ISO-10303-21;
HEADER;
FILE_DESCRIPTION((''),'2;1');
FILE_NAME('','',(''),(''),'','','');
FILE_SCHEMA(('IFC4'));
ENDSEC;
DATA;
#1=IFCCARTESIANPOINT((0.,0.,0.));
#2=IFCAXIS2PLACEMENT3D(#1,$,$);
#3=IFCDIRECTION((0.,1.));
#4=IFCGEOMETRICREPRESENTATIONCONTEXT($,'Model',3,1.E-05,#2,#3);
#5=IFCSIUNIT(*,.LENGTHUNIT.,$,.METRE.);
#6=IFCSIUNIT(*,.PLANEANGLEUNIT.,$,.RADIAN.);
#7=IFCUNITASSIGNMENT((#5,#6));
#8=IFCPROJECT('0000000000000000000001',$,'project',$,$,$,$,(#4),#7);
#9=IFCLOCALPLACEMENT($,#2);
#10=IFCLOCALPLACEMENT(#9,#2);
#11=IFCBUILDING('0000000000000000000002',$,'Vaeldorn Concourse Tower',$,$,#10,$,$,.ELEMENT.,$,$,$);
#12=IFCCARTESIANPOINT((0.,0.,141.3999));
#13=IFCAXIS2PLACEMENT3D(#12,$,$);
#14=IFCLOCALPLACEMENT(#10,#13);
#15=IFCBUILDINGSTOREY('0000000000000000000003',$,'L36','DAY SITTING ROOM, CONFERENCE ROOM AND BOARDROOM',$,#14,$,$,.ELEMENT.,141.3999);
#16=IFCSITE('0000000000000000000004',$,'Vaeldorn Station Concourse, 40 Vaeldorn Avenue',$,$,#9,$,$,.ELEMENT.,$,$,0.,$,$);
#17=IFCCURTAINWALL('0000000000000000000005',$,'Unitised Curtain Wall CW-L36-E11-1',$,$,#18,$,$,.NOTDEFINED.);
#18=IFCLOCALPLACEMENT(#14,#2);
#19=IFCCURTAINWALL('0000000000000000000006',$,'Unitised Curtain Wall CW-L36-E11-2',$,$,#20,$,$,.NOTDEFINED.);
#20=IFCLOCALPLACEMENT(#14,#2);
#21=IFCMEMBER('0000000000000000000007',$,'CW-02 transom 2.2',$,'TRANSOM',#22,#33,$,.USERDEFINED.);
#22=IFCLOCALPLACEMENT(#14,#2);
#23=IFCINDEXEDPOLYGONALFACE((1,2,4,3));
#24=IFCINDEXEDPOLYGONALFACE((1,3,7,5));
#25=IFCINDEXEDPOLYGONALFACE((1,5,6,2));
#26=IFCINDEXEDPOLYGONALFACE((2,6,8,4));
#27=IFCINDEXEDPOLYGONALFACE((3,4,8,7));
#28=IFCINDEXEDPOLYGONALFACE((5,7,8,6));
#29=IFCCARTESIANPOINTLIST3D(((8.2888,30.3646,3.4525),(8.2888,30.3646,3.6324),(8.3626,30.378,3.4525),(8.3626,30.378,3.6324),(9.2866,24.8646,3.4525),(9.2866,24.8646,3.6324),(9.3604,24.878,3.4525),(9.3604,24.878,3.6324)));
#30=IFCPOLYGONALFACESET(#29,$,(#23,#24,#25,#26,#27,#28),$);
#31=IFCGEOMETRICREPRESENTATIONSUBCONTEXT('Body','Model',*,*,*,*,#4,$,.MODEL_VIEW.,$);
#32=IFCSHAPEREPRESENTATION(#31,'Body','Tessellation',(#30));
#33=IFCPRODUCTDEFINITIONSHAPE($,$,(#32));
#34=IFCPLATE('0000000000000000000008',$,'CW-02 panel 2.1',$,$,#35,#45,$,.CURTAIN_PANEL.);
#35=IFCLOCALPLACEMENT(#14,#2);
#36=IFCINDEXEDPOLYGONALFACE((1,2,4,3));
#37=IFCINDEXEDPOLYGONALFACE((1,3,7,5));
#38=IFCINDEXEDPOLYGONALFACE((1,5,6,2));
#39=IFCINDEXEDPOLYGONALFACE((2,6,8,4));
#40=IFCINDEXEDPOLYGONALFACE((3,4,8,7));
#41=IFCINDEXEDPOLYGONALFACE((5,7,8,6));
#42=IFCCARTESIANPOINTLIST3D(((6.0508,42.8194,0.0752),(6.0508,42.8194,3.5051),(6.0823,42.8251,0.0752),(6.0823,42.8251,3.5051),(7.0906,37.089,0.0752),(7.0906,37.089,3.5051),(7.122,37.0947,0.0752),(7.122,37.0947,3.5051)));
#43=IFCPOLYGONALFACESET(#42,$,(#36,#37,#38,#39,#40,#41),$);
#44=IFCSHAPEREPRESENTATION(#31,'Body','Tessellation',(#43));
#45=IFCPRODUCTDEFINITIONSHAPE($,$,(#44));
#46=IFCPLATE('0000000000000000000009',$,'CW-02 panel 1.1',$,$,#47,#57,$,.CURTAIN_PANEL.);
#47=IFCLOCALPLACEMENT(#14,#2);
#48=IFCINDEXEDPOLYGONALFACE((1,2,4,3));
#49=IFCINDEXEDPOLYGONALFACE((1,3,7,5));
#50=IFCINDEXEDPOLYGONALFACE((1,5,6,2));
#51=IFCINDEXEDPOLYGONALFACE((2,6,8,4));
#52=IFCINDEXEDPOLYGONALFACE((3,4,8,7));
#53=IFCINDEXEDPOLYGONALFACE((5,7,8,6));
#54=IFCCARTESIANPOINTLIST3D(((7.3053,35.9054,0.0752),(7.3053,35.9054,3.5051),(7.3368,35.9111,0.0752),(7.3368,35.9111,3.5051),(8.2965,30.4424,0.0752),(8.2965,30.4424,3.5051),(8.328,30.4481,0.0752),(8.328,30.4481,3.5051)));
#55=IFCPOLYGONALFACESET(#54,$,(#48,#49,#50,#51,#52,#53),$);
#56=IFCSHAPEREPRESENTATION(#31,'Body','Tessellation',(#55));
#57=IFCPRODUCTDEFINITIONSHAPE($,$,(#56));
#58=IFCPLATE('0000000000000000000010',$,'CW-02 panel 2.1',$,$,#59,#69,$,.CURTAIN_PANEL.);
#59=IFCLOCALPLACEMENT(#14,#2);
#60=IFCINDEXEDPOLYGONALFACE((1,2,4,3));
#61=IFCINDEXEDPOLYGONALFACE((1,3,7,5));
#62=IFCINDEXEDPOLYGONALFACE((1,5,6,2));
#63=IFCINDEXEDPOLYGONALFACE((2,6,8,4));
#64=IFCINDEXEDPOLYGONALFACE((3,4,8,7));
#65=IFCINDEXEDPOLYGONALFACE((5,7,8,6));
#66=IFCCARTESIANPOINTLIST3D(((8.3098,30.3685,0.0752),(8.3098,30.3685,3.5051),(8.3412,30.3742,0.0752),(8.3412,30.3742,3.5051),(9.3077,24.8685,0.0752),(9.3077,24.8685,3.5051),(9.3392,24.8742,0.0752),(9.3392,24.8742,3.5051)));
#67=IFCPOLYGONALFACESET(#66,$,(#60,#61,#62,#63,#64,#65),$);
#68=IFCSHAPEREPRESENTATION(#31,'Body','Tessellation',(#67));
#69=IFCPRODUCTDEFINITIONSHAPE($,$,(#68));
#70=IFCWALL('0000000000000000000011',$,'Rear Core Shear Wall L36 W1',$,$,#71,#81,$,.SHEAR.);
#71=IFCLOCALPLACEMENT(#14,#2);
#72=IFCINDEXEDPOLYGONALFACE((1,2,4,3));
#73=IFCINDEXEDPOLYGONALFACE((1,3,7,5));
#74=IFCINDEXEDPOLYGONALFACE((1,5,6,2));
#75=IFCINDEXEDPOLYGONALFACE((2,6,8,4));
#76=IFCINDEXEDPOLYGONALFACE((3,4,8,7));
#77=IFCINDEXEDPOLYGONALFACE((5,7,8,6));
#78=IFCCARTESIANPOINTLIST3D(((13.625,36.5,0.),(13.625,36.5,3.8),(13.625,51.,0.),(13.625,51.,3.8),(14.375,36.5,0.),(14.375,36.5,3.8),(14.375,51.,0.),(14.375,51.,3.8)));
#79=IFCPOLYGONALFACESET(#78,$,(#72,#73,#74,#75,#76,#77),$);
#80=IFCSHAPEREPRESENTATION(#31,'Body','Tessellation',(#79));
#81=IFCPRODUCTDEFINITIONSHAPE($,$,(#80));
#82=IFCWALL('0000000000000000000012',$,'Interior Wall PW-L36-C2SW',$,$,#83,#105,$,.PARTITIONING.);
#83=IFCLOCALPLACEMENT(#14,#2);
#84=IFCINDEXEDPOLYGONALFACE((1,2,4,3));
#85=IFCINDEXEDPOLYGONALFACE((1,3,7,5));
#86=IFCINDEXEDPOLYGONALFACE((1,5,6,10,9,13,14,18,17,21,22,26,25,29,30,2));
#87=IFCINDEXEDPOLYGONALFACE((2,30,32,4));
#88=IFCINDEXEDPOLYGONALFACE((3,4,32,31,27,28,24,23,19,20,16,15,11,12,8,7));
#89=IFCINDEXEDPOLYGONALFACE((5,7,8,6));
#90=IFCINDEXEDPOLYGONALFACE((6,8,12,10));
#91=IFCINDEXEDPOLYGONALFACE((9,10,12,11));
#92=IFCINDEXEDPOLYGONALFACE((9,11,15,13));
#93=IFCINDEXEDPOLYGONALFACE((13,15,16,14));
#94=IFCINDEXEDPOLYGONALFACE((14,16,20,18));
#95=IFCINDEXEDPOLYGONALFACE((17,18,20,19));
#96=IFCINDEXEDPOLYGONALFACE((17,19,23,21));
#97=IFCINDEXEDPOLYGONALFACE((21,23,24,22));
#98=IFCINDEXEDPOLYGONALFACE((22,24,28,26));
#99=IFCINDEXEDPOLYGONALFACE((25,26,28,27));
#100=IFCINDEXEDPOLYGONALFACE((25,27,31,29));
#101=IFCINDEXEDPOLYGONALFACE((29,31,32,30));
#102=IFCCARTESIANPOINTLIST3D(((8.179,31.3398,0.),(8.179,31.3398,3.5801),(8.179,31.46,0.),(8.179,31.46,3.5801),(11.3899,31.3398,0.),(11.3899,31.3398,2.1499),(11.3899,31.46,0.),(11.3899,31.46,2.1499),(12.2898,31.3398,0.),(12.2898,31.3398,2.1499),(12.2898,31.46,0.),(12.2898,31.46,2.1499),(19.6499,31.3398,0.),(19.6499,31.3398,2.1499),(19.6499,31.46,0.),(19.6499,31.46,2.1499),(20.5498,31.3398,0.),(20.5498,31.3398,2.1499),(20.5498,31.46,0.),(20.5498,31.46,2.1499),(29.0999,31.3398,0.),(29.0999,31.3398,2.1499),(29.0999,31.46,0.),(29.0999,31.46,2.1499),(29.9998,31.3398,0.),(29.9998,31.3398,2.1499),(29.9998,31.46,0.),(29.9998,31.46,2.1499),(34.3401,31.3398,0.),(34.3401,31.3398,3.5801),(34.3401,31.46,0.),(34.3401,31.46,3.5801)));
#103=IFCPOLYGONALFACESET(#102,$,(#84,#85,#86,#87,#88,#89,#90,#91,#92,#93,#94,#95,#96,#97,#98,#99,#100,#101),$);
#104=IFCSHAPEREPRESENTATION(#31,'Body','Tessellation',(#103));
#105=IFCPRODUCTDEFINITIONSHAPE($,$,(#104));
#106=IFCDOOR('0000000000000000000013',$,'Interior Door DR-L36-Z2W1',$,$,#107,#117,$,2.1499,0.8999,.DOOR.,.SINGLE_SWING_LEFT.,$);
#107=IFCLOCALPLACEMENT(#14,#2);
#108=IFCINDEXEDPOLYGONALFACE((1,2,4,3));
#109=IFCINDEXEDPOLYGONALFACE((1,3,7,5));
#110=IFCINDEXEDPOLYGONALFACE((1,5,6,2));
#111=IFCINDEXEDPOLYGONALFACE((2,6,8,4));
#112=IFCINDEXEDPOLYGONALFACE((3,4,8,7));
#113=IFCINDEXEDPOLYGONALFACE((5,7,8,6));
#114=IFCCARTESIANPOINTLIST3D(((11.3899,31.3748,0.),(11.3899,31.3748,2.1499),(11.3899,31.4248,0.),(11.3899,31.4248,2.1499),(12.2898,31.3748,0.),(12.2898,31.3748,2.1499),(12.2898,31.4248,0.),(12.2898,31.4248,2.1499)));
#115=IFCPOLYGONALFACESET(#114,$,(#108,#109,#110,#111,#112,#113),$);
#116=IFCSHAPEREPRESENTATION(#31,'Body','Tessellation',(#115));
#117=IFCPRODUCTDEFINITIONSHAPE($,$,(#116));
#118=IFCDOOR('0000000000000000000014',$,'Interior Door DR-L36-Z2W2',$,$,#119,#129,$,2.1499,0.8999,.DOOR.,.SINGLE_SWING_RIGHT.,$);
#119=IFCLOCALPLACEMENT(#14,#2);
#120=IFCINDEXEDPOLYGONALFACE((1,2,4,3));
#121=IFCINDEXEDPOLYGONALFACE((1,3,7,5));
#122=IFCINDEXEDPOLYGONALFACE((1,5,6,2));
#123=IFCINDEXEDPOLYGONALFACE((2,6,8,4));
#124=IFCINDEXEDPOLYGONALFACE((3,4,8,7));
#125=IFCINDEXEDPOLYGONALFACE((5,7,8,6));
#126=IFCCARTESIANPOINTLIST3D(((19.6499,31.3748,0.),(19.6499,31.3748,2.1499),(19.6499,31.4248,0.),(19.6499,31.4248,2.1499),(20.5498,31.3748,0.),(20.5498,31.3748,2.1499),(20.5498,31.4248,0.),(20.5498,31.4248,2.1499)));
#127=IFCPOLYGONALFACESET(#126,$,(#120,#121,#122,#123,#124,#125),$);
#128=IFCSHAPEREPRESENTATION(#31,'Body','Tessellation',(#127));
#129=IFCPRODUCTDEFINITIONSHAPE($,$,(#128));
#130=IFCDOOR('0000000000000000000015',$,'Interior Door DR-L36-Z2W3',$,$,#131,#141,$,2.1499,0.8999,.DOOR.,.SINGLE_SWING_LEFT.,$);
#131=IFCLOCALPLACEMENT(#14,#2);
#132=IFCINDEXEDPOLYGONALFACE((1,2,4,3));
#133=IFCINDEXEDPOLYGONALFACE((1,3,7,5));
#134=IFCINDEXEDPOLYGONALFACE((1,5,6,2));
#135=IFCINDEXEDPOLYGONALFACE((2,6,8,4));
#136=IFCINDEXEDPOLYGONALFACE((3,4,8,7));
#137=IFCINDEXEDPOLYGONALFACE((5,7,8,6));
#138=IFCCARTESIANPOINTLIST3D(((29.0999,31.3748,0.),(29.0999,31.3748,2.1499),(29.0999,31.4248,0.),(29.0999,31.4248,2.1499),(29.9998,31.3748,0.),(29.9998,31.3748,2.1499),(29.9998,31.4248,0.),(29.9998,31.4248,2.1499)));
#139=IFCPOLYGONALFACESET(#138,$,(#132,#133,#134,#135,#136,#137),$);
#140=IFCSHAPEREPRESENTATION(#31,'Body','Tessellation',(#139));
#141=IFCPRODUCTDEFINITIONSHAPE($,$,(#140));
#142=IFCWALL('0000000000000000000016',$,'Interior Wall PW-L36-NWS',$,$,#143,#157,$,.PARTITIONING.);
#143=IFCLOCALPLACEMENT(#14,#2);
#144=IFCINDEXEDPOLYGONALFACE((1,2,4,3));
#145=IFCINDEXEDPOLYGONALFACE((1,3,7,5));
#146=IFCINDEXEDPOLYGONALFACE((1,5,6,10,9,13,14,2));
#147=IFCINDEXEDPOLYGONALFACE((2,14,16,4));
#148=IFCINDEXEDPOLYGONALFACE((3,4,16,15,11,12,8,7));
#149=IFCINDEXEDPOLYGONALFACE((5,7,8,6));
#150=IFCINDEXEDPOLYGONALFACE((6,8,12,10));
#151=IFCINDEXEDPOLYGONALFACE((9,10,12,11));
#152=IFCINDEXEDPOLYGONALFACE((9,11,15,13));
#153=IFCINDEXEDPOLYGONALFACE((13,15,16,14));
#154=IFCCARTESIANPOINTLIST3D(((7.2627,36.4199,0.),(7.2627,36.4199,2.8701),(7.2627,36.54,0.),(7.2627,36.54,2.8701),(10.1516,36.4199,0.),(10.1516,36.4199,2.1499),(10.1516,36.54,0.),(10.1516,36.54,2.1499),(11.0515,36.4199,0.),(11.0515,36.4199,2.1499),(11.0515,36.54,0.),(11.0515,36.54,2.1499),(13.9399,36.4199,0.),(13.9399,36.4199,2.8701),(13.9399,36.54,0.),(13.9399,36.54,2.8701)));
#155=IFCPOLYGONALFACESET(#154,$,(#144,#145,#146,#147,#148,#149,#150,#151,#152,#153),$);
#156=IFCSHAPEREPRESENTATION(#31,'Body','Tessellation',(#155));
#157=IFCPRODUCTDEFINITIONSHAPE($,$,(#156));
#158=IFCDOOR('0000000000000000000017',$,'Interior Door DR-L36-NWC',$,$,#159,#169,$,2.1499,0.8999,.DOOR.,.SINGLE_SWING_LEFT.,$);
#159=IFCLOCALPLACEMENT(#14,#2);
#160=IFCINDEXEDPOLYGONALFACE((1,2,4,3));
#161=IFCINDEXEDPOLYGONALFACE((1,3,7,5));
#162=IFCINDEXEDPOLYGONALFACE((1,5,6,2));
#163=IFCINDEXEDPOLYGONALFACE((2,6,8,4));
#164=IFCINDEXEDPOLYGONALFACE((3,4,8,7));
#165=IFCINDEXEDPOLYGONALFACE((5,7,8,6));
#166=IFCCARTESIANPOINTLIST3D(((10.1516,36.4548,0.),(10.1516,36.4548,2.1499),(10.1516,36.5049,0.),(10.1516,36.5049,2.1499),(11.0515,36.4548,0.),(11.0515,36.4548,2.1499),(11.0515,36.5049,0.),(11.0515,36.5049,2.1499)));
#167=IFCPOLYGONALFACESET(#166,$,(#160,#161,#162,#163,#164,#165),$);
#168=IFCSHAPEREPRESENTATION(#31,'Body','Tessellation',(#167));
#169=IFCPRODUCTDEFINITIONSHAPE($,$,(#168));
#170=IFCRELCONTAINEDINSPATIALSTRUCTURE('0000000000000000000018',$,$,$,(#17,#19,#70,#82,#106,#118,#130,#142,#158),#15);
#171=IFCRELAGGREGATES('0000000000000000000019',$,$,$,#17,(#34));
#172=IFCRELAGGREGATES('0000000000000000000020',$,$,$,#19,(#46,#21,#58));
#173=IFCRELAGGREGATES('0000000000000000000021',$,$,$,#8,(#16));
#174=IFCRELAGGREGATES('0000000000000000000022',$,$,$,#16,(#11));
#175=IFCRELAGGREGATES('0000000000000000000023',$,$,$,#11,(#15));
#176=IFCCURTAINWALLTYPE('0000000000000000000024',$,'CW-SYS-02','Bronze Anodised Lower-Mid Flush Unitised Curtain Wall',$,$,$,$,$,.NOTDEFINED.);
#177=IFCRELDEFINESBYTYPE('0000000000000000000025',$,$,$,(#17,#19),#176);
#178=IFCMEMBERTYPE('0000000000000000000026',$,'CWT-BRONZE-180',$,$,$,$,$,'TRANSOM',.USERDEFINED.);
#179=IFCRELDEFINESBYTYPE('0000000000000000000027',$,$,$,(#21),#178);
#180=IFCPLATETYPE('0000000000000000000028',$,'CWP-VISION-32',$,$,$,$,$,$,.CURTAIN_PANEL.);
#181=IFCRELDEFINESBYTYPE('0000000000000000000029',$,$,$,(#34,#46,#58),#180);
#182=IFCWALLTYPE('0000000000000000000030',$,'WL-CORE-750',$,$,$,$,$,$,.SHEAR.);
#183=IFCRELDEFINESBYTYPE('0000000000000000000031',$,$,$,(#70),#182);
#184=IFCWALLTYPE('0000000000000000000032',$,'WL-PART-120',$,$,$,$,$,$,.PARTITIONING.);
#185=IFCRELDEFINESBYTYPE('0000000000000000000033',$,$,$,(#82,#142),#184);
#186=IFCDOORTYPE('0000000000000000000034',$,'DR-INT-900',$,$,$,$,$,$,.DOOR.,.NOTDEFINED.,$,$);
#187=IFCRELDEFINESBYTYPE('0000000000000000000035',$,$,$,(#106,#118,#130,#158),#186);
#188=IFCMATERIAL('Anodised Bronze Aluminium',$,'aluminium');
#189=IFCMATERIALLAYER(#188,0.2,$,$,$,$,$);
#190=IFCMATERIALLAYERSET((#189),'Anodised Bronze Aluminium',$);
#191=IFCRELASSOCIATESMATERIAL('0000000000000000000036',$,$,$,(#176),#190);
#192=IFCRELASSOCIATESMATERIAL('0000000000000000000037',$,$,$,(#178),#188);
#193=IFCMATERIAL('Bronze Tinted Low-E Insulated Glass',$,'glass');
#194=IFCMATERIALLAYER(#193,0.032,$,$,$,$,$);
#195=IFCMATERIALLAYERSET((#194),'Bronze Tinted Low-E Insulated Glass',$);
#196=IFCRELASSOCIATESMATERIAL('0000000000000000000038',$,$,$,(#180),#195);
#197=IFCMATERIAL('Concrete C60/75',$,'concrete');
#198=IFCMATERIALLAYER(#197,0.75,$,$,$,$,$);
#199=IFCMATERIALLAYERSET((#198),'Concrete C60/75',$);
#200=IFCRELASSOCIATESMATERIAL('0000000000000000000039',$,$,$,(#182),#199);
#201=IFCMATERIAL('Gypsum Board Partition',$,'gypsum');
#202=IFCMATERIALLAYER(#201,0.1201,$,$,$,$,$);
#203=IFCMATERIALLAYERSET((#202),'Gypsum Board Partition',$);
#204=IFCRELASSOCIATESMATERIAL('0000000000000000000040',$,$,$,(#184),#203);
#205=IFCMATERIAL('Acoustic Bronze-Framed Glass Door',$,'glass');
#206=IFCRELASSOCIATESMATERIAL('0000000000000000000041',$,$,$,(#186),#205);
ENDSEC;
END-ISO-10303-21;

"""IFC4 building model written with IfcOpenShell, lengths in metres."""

from ifc_helpers import new_model, si_unit, direction, frame, frame_2d, origin, origin_2d, place, context, subcontext, project, spatial, rectangle, extrude, source, transform, mapped, material, layer, layer_set, material_profile, profile_set, type_object, element, fill, aggregate, save


model = new_model("IFC4")

# Units and contexts
model_context = context("Model", 3, precision=1e-05, world=origin(), true_north=direction((0.0, 1.0)))
body_context = subcontext(model_context, "Body", "Model", "MODEL_VIEW")
ifc_project = project(units=[si_unit("LENGTHUNIT", "METRE"), si_unit("PLANEANGLEUNIT", "RADIAN")], contexts=[model_context])

# Site, building, storey
site_placement = place(None, origin())
site = spatial("IfcSite", under=ifc_project, at=site_placement, Name="Vaeldorn Station Concourse, 40 Vaeldorn Avenue", CompositionType="ELEMENT", RefElevation=0.0)
building_placement = place(site_placement, origin())
building = spatial("IfcBuilding", under=site, at=building_placement, Name="Vaeldorn Concourse Tower", CompositionType="ELEMENT")
storey_placement = place(building_placement, frame((0.0, 0.0, 141.3999)))
storey = spatial("IfcBuildingStorey", under=building, at=storey_placement, Name="L36", Description="DAY SITTING ROOM, CONFERENCE ROOM AND BOARDROOM", CompositionType="ELEMENT", Elevation=141.3999)

# Shared definitions
ifc_material_1 = material(Name="Concrete C60/75", Category="concrete")

# Curtain wall
ifc_material_2 = material(Name="Anodised Bronze Aluminium", Category="aluminium")
ifc_layer_1 = layer(ifc_material_2, 0.2)
ifc_layer_set_1 = layer_set([ifc_layer_1], Name="Anodised Bronze Aluminium")
curtain_wall_type = type_object("IfcCurtainWallType", Name="CW-SYS-02", Description="Bronze Anodised Lower-Mid Flush Unitised Curtain Wall", PredefinedType="NOTDEFINED", material=ifc_layer_set_1)
curtain_wall_1_placement = place(storey_placement, origin())
curtain_wall_1 = element("IfcCurtainWall", 1, at=curtain_wall_1_placement, inside=storey, type_object=curtain_wall_type, Name="Unitised Curtain Wall CW-L36-E11-1", PredefinedType="NOTDEFINED")

# Curtain wall, member
curtain_wall_2_placement = place(storey_placement, origin())
curtain_wall_2 = element("IfcCurtainWall", 2, at=curtain_wall_2_placement, inside=storey, type_object=curtain_wall_type, Name="Unitised Curtain Wall CW-L36-E11-2", PredefinedType="NOTDEFINED")
ifc_material_profile_1 = material_profile(ifc_material_2, rectangle(XDim=0.075, YDim=0.1799, at=origin_2d()), Name="CWT 75x180")
ifc_profile_set_1 = profile_set([ifc_material_profile_1], Name="Anodised Bronze Aluminium")
member_type_1 = type_object("IfcMemberType", Name="CWT-BRONZE-180", ElementType="TRANSOM", PredefinedType="USERDEFINED", material=ifc_profile_set_1)
shared_shape_1 = source(origin(), body_context, "Body", "SweptSolid", [
    extrude(rectangle(XDim=0.075, YDim=0.1799, at=origin_2d()), origin(), (0.0, 0.0, 1.0), 5.5898),
])
member_1_placement = place(storey_placement, frame((8.3257, 30.3713, 3.5425), z_axis=(0.178505, -0.983939, 0.0), x_axis=(0.983939, 0.178505, 0.0)))
member_1 = element("IfcMember", 3, at=member_1_placement, type_object=member_type_1, Name="CW-02 transom 2.2", ObjectType="TRANSOM", PredefinedType="USERDEFINED", context=body_context, shape_type="MappedRepresentation", body=[
    mapped(shared_shape_1, transform((0.0, 0.0, 0.0), scale=1.0)),
])

# Plates
ifc_material_3 = material(Name="Bronze Tinted Low-E Insulated Glass", Category="glass")
ifc_layer_2 = layer(ifc_material_3, 0.032)
ifc_layer_set_2 = layer_set([ifc_layer_2], Name="Bronze Tinted Low-E Insulated Glass")
plate_type = type_object("IfcPlateType", Name="CWP-VISION-32", PredefinedType="CURTAIN_PANEL", material=ifc_layer_set_2)
shared_shape_2 = source(origin(), body_context, "Body", "SweptSolid", [
    extrude(rectangle(XDim=5.824, YDim=0.032, at=origin_2d()), origin(), (0.0, 0.0, 1.0), 3.4299),
])
plate_1_placement = place(storey_placement, frame((6.5864, 39.957, 0.0752), z_axis=(0.0, 0.0, 1.0), x_axis=(0.178527, -0.983935, 0.0)))
plate_1 = element("IfcPlate", 4, at=plate_1_placement, type_object=plate_type, Name="CW-02 panel 2.1", PredefinedType="CURTAIN_PANEL", context=body_context, shape_type="MappedRepresentation", body=[
    mapped(shared_shape_2, transform((0.0, 0.0, 0.0), scale=1.0)),
])
aggregate(curtain_wall_1, [plate_1])
shared_shape_3 = source(origin(), body_context, "Body", "SweptSolid", [
    extrude(rectangle(XDim=5.5522, YDim=0.032, at=origin_2d()), origin(), (0.0, 0.0, 1.0), 3.4299),
])
plate_2_placement = place(storey_placement, frame((7.8167, 33.1768, 0.0752), z_axis=(0.0, 0.0, 1.0), x_axis=(0.178526, -0.983935, 0.0)))
plate_2 = element("IfcPlate", 5, at=plate_2_placement, type_object=plate_type, Name="CW-02 panel 1.1", PredefinedType="CURTAIN_PANEL", context=body_context, shape_type="MappedRepresentation", body=[
    mapped(shared_shape_3, transform((0.0, 0.0, 0.0), scale=1.0)),
])
shared_shape_4 = source(origin(), body_context, "Body", "SweptSolid", [
    extrude(rectangle(XDim=5.5898, YDim=0.032, at=origin_2d()), origin(), (0.0, 0.0, 1.0), 3.4299),
])
plate_3_placement = place(storey_placement, frame((8.8245, 27.6213, 0.0752), z_axis=(0.0, 0.0, 1.0), x_axis=(0.178526, -0.983935, 0.0)))
plate_3 = element("IfcPlate", 6, at=plate_3_placement, type_object=plate_type, Name="CW-02 panel 2.1", PredefinedType="CURTAIN_PANEL", context=body_context, shape_type="MappedRepresentation", body=[
    mapped(shared_shape_4, transform((0.0, 0.0, 0.0), scale=1.0)),
])
aggregate(curtain_wall_2, [plate_2, member_1, plate_3])

# Wall
ifc_layer_3 = layer(ifc_material_1, 0.75)
ifc_layer_set_3 = layer_set([ifc_layer_3], Name="Concrete C60/75")
wall_type_1 = type_object("IfcWallType", Name="WL-CORE-750", PredefinedType="SHEAR", material=ifc_layer_set_3)
wall_1_placement = place(storey_placement, frame((14.0, 36.5, 0.0), z_axis=(0.0, 0.0, 1.0), x_axis=(0.0, 1.0, 0.0)))
element("IfcWall", 7, at=wall_1_placement, inside=storey, type_object=wall_type_1, Name="Rear Core Shear Wall L36 W1", PredefinedType="SHEAR", context=body_context, shape_type="SweptSolid", body=[
    extrude(rectangle(XDim=14.5, YDim=0.75, at=frame_2d((7.25, 0.0))), origin(), (0.0, 0.0, 1.0), 3.8),
])

# Wall, openings, doors
ifc_material_4 = material(Name="Gypsum Board Partition", Category="gypsum")
ifc_layer_4 = layer(ifc_material_4, 0.1201)
ifc_layer_set_4 = layer_set([ifc_layer_4], Name="Gypsum Board Partition")
wall_type_2 = type_object("IfcWallType", Name="WL-PART-120", PredefinedType="PARTITIONING", material=ifc_layer_set_4)
wall_2_placement = place(storey_placement, frame((8.179, 31.3999, 0.0), z_axis=(0.0, 0.0, 1.0), x_axis=(1.0, 0.0, 0.0)))
wall_2 = element("IfcWall", 8, at=wall_2_placement, inside=storey, type_object=wall_type_2, Name="Interior Wall PW-L36-C2SW", PredefinedType="PARTITIONING", context=body_context, shape_type="SweptSolid", body=[
    extrude(rectangle(XDim=26.1611, YDim=0.1201, at=frame_2d((13.0806, 0.0))), origin(), (0.0, 0.0, 1.0), 3.5801),
])
opening_1_placement = place(wall_2_placement, frame((3.2109, 0.0, 0.0)))
opening_1 = element("IfcOpeningElement", 9, at=opening_1_placement, cuts=wall_2, PredefinedType="OPENING", context=body_context, shape_type="SweptSolid", body=[
    extrude(rectangle(XDim=0.8999, YDim=2.1499, at=frame_2d((0.45, 1.075))), frame((0.0, 0.0701, 0.0), z_axis=(0.0, -1.0, 0.0), x_axis=(1.0, 0.0, 0.0)), (0.0, 0.0, 1.0), 0.1401),
])
opening_2_placement = place(wall_2_placement, frame((11.4709, 0.0, 0.0)))
opening_2 = element("IfcOpeningElement", 10, at=opening_2_placement, cuts=wall_2, PredefinedType="OPENING", context=body_context, shape_type="SweptSolid", body=[
    extrude(rectangle(XDim=0.8999, YDim=2.1499, at=frame_2d((0.45, 1.075))), frame((0.0, 0.0701, 0.0), z_axis=(0.0, -1.0, 0.0), x_axis=(1.0, 0.0, 0.0)), (0.0, 0.0, 1.0), 0.1401),
])
opening_3_placement = place(wall_2_placement, frame((20.9209, 0.0, 0.0)))
opening_3 = element("IfcOpeningElement", 11, at=opening_3_placement, cuts=wall_2, PredefinedType="OPENING", context=body_context, shape_type="SweptSolid", body=[
    extrude(rectangle(XDim=0.8999, YDim=2.1499, at=frame_2d((0.45, 1.075))), frame((0.0, 0.0701, 0.0), z_axis=(0.0, -1.0, 0.0), x_axis=(1.0, 0.0, 0.0)), (0.0, 0.0, 1.0), 0.1401),
])
ifc_material_5 = material(Name="Acoustic Bronze-Framed Glass Door", Category="glass")
door_type = type_object("IfcDoorType", Name="DR-INT-900", OperationType="NOTDEFINED", PredefinedType="DOOR", material=ifc_material_5)
shared_shape_5 = source(origin(), body_context, "Body", "SweptSolid", [
    extrude(rectangle(XDim=0.8999, YDim=2.1499, at=frame_2d((0.45, 1.075))), frame((0.0, 0.0249, 0.0), z_axis=(0.0, -1.0, 0.0), x_axis=(1.0, 0.0, 0.0)), (0.0, 0.0, 1.0), 0.05),
])
door_1_placement = place(opening_1_placement, origin())
door_1 = element("IfcDoor", 12, at=door_1_placement, inside=storey, type_object=door_type, Name="Interior Door DR-L36-Z2W1", OperationType="SINGLE_SWING_LEFT", OverallHeight=2.1499, OverallWidth=0.8999, PredefinedType="DOOR", context=body_context, shape_type="MappedRepresentation", body=[
    mapped(shared_shape_5, transform((0.0, 0.0, 0.0), scale=1.0)),
])
fill(opening_1, door_1)
door_2_placement = place(opening_2_placement, origin())
door_2 = element("IfcDoor", 13, at=door_2_placement, inside=storey, type_object=door_type, Name="Interior Door DR-L36-Z2W2", OperationType="SINGLE_SWING_RIGHT", OverallHeight=2.1499, OverallWidth=0.8999, PredefinedType="DOOR", context=body_context, shape_type="MappedRepresentation", body=[
    mapped(shared_shape_5, transform((0.0, 0.0, 0.0), scale=1.0)),
])
fill(opening_2, door_2)
door_3_placement = place(opening_3_placement, origin())
door_3 = element("IfcDoor", 14, at=door_3_placement, inside=storey, type_object=door_type, Name="Interior Door DR-L36-Z2W3", OperationType="SINGLE_SWING_LEFT", OverallHeight=2.1499, OverallWidth=0.8999, PredefinedType="DOOR", context=body_context, shape_type="MappedRepresentation", body=[
    mapped(shared_shape_5, transform((0.0, 0.0, 0.0), scale=1.0)),
])
fill(opening_3, door_3)

# Wall, opening, door
wall_3_placement = place(storey_placement, frame((7.2627, 36.48, 0.0), z_axis=(0.0, 0.0, 1.0), x_axis=(1.0, 0.0, 0.0)))
wall_3 = element("IfcWall", 15, at=wall_3_placement, inside=storey, type_object=wall_type_2, Name="Interior Wall PW-L36-NWS", PredefinedType="PARTITIONING", context=body_context, shape_type="SweptSolid", body=[
    extrude(rectangle(XDim=6.6772, YDim=0.1201, at=frame_2d((3.3386, 0.0))), origin(), (0.0, 0.0, 1.0), 2.8701),
])
opening_4_placement = place(wall_3_placement, frame((2.8889, 0.0, 0.0)))
opening_4 = element("IfcOpeningElement", 16, at=opening_4_placement, cuts=wall_3, PredefinedType="OPENING", context=body_context, shape_type="SweptSolid", body=[
    extrude(rectangle(XDim=0.8999, YDim=2.1499, at=frame_2d((0.45, 1.075))), frame((0.0, 0.0701, 0.0), z_axis=(0.0, -1.0, 0.0), x_axis=(1.0, 0.0, 0.0)), (0.0, 0.0, 1.0), 0.1401),
])
door_4_placement = place(opening_4_placement, origin())
door_4 = element("IfcDoor", 17, at=door_4_placement, inside=storey, type_object=door_type, Name="Interior Door DR-L36-NWC", OperationType="SINGLE_SWING_LEFT", OverallHeight=2.1499, OverallWidth=0.8999, PredefinedType="DOOR", context=body_context, shape_type="MappedRepresentation", body=[
    mapped(shared_shape_5, transform((0.0, 0.0, 0.0), scale=1.0)),
])
fill(opening_4, door_4)

save(model, "model.ifc")
